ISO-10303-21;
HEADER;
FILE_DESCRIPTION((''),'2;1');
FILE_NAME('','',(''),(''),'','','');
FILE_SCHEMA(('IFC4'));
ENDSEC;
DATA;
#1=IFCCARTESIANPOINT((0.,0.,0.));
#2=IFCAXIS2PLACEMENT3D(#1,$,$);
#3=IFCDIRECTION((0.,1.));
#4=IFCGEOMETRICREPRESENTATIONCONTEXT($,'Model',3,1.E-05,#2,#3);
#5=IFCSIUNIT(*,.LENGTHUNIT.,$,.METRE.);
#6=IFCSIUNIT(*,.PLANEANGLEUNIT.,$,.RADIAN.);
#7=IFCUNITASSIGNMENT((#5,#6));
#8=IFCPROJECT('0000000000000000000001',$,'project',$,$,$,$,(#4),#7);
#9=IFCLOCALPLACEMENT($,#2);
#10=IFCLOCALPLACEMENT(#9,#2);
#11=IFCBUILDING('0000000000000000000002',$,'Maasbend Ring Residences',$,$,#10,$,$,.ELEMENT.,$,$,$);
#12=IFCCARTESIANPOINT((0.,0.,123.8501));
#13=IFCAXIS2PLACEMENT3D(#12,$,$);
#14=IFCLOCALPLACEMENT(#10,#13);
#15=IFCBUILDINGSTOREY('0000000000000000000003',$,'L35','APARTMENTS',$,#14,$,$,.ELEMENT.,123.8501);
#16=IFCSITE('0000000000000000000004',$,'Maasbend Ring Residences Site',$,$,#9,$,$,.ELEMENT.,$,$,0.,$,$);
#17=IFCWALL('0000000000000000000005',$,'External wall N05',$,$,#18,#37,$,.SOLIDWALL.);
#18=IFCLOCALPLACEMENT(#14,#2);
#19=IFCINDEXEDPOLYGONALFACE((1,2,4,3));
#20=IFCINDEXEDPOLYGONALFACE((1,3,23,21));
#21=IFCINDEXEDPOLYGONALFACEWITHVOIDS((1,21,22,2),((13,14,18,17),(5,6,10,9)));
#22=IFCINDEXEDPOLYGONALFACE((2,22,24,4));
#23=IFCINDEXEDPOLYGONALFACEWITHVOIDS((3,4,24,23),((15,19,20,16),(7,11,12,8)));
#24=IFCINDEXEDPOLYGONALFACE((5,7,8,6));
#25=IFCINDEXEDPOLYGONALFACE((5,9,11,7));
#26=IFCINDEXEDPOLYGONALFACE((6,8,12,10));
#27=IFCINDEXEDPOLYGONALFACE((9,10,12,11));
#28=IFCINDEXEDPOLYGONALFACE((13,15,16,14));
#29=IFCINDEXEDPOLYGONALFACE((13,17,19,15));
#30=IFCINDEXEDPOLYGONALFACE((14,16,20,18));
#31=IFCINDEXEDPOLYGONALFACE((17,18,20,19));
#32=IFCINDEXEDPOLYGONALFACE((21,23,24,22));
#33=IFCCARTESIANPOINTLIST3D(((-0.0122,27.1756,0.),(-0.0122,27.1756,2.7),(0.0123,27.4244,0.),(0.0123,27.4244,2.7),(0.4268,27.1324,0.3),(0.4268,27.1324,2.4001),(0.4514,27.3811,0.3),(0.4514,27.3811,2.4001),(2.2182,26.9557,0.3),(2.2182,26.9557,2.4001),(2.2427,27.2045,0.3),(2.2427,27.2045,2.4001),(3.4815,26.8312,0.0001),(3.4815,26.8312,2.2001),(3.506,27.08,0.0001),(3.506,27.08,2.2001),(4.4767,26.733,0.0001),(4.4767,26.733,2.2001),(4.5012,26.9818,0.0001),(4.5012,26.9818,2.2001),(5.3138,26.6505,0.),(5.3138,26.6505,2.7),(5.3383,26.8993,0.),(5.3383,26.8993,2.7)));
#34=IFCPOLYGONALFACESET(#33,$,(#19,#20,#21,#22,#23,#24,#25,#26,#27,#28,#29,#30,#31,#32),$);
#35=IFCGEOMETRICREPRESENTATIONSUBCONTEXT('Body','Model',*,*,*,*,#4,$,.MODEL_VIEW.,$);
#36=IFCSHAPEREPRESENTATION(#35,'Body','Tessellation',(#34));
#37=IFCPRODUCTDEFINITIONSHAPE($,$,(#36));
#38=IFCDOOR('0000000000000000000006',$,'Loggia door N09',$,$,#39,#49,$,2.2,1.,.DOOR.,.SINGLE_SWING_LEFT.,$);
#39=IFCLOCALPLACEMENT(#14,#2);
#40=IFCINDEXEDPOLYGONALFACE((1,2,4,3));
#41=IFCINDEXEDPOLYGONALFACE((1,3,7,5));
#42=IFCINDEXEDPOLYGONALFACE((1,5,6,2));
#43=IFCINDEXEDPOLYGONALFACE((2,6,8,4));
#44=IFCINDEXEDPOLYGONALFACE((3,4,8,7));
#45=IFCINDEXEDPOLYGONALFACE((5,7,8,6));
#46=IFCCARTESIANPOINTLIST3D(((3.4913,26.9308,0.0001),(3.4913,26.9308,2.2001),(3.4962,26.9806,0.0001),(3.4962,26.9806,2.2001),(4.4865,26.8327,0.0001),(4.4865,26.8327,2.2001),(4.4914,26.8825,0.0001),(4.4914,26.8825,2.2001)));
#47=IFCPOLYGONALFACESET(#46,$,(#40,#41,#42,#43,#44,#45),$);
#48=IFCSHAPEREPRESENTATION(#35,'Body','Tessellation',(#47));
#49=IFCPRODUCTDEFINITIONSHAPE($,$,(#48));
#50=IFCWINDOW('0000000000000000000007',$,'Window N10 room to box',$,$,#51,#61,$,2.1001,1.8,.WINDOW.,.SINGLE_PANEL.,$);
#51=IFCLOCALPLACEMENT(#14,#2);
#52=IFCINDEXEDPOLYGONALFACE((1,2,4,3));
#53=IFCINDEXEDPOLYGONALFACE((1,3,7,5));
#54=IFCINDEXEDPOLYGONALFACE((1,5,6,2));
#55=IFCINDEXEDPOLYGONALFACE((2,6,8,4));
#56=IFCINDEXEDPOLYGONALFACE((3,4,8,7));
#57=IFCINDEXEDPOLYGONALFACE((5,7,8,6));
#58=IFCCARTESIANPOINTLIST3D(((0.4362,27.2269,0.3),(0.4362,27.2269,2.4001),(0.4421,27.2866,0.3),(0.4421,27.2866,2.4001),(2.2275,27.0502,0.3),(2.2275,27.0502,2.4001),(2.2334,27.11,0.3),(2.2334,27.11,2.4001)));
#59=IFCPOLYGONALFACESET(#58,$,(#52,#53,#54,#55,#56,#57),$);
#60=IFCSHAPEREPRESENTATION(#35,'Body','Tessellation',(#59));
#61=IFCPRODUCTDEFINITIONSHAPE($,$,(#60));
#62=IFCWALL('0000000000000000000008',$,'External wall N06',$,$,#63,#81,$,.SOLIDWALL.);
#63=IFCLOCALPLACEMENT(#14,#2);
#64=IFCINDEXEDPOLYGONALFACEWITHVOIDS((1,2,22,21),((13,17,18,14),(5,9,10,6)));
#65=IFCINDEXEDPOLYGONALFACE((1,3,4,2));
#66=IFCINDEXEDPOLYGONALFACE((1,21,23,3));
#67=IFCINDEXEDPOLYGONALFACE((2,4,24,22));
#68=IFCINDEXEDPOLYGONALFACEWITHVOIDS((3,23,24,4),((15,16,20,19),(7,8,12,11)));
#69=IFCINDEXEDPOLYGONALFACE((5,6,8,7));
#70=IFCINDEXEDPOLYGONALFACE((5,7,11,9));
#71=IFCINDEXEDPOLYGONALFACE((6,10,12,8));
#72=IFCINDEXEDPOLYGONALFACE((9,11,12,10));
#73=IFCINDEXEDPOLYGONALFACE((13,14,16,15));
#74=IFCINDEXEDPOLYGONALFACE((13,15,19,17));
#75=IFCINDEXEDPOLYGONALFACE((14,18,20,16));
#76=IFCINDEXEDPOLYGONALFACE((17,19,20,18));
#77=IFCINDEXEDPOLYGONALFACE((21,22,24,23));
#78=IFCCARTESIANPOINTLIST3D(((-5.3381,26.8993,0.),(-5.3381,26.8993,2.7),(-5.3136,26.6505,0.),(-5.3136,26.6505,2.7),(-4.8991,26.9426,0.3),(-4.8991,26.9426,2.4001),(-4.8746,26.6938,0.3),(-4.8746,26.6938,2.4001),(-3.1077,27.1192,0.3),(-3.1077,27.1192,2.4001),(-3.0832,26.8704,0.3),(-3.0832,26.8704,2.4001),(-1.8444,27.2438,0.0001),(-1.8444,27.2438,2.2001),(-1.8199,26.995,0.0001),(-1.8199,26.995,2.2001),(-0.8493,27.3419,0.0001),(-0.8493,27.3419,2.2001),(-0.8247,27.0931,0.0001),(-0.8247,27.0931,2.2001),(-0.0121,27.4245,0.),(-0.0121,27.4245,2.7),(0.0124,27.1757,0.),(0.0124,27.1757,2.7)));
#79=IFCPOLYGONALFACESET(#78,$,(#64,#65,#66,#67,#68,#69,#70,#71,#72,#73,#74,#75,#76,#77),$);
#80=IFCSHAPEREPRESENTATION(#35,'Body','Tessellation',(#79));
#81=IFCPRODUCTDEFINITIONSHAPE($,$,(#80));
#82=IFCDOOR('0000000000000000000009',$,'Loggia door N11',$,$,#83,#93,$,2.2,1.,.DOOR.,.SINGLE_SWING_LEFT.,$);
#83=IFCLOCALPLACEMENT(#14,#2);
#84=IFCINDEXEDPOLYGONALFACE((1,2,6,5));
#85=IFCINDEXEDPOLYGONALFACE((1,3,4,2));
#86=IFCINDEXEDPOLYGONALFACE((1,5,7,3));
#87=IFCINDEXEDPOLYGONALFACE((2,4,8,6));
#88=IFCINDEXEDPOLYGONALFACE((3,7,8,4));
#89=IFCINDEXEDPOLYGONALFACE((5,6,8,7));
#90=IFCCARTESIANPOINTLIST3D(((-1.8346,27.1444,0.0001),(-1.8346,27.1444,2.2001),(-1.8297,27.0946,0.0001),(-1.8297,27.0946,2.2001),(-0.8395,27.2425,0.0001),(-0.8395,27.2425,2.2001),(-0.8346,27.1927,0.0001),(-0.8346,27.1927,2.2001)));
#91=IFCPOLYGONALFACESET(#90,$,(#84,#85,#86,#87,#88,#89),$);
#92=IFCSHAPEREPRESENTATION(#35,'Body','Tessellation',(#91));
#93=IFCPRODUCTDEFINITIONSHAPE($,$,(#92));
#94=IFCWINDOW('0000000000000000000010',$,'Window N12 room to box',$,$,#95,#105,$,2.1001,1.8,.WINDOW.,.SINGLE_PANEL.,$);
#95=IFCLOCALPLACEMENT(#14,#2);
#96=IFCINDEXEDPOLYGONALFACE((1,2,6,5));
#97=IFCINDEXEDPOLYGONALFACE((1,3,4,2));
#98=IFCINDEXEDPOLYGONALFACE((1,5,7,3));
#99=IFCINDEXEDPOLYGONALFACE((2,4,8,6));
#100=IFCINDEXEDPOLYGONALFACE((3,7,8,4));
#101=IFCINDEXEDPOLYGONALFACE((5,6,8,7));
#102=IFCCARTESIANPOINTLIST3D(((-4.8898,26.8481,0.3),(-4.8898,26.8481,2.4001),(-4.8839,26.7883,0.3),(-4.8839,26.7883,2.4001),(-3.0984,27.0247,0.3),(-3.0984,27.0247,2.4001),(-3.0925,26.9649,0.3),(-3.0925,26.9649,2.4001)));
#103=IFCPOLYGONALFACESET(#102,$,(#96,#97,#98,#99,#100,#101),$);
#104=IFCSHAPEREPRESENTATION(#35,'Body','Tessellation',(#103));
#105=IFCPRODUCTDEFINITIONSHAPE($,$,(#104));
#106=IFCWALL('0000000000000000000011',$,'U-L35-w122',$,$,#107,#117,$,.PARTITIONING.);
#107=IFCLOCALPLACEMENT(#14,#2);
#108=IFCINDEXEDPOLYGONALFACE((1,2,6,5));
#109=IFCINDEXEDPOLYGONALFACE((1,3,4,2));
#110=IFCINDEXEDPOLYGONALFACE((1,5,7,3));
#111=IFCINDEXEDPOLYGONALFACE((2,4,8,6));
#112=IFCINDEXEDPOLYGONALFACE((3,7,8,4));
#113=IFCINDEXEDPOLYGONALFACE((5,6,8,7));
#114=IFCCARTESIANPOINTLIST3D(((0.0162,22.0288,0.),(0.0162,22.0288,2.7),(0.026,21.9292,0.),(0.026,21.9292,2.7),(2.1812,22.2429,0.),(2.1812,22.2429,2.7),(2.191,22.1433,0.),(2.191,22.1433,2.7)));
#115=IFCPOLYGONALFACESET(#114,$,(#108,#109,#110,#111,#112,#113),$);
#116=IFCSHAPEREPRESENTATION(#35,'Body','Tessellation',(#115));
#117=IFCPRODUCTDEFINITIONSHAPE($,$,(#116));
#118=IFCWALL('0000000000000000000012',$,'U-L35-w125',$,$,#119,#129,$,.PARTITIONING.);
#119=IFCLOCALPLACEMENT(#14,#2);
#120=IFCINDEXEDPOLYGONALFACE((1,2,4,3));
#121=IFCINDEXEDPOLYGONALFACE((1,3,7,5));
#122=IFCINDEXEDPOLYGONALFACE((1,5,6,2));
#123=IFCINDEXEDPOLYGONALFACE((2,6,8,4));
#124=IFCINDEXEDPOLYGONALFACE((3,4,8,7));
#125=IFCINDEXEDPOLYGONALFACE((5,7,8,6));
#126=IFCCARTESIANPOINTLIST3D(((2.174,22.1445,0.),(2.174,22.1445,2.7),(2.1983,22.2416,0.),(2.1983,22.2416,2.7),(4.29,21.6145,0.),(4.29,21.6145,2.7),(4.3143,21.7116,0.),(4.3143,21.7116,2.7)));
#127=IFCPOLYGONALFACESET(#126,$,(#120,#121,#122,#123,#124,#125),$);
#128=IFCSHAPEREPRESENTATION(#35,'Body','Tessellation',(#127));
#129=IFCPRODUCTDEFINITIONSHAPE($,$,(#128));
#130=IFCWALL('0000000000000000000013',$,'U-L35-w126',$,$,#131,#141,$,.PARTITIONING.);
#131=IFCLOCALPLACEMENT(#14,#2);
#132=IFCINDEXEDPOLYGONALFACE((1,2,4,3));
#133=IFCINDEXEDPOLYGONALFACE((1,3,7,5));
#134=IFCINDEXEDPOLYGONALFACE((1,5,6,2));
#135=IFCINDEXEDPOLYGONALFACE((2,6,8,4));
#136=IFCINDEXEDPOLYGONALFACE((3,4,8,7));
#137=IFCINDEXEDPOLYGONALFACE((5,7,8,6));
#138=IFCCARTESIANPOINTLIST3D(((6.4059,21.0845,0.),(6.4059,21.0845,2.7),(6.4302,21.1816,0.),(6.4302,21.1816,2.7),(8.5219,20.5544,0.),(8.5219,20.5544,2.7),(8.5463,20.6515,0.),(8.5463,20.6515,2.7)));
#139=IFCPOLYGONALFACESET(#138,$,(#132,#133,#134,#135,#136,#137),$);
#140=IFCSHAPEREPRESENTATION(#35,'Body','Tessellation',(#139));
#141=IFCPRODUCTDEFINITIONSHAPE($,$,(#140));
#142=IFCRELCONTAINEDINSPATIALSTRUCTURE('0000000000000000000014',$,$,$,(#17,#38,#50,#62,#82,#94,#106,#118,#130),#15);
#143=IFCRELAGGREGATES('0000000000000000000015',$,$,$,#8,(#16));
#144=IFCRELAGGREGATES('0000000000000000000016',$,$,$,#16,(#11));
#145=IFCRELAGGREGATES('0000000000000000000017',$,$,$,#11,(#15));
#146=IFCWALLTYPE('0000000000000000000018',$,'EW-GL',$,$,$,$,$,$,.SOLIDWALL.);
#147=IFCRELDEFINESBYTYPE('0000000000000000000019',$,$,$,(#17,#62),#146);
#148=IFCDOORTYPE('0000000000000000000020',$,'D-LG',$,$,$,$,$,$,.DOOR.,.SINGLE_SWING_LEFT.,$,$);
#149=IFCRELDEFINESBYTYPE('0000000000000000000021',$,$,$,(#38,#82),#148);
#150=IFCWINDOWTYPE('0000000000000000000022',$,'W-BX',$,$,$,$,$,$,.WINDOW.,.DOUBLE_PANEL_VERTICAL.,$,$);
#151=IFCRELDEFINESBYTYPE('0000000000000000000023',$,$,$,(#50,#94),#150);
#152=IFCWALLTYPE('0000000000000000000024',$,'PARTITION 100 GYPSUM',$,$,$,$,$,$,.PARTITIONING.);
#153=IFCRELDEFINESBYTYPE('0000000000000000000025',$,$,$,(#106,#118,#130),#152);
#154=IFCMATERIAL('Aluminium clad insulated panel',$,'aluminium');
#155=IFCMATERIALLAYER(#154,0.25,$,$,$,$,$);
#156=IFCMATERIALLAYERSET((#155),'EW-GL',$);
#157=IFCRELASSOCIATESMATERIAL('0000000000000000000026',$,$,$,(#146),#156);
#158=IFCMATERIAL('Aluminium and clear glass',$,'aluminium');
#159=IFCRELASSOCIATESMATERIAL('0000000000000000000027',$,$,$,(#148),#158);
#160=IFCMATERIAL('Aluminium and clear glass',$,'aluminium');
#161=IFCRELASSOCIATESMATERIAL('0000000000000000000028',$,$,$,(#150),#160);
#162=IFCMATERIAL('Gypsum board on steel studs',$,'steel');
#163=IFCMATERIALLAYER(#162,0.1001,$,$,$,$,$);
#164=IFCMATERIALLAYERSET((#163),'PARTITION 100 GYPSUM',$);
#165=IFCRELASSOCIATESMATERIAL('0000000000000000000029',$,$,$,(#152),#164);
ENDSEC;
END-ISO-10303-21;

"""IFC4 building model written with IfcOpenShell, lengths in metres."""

from ifc_helpers import new_model, si_unit, direction, frame, frame_2d, origin, place, context, subcontext, project, spatial, rectangle, extrude, material, layer, layer_set, type_object, element, fill, save


model = new_model("IFC4")

# Units and contexts
model_context = context("Model", 3, precision=1e-05, world=origin(), true_north=direction((0.0, 1.0)))
body_context = subcontext(model_context, "Body", "Model", "MODEL_VIEW")
ifc_project = project(units=[si_unit("LENGTHUNIT", "METRE"), si_unit("PLANEANGLEUNIT", "RADIAN")], contexts=[model_context])

# Site, building, storey
site_placement = place(None, origin())
site = spatial("IfcSite", under=ifc_project, at=site_placement, Name="Maasbend Ring Residences Site", CompositionType="ELEMENT", RefElevation=0.0)
building_placement = place(site_placement, origin())
building = spatial("IfcBuilding", under=site, at=building_placement, Name="Maasbend Ring Residences", CompositionType="ELEMENT")
storey_placement = place(building_placement, frame((0.0, 0.0, 123.8501)))
storey = spatial("IfcBuildingStorey", under=building, at=storey_placement, Name="L35", Description="APARTMENTS", CompositionType="ELEMENT", Elevation=123.8501)

# Walls, openings, doors, windows
ifc_material_1 = material(Name="Aluminium clad insulated panel", Category="aluminium")
ifc_layer_1 = layer(ifc_material_1, 0.25)
ifc_layer_set_1 = layer_set([ifc_layer_1], Name="EW-GL")
wall_type_1 = type_object("IfcWallType", Name="EW-GL", PredefinedType="SOLIDWALL", material=ifc_layer_set_1)
wall_1_placement = place(storey_placement, frame((5.3259, 26.7749, 0.0), z_axis=(0.0, 0.0, 1.0), x_axis=(-0.995174, 0.098126, 0.0)))
wall_1 = element("IfcWall", 1, at=wall_1_placement, inside=storey, type_object=wall_type_1, Name="External wall N05", PredefinedType="SOLIDWALL", context=body_context, shape_type="SweptSolid", body=[
    extrude(rectangle(XDim=5.3518, YDim=0.25, at=frame_2d((2.6758, 0.0))), origin(), (0.0, 0.0, 1.0), 2.7),
])
opening_1_placement = place(wall_1_placement, frame((0.8411, 0.0, 0.0)))
opening_1 = element("IfcOpeningElement", 2, at=opening_1_placement, cuts=wall_1, PredefinedType="OPENING", context=body_context, shape_type="SweptSolid", body=[
    extrude(rectangle(XDim=1.0, YDim=2.2, at=frame_2d((0.5, 1.1001))), frame((0.0, 0.135, 0.0), z_axis=(0.0, -1.0, 0.0), x_axis=(1.0, 0.0, 0.0)), (0.0, 0.0, 1.0), 0.27),
])
opening_2_placement = place(wall_1_placement, frame((3.1106, 0.0, 0.3)))
opening_2 = element("IfcOpeningElement", 3, at=opening_2_placement, cuts=wall_1, PredefinedType="OPENING", context=body_context, shape_type="SweptSolid", body=[
    extrude(rectangle(XDim=1.8, YDim=2.1001, at=frame_2d((0.8999, 1.05))), frame((0.0, 0.135, 0.0), z_axis=(0.0, -1.0, 0.0), x_axis=(1.0, 0.0, 0.0)), (0.0, 0.0, 1.0), 0.27),
])
ifc_material_2 = material(Name="Aluminium and clear glass", Category="aluminium")
door_type = type_object("IfcDoorType", Name="D-LG", OperationType="SINGLE_SWING_LEFT", PredefinedType="DOOR", material=ifc_material_2)
door_1_placement = place(opening_1_placement, origin())
door_1 = element("IfcDoor", 4, at=door_1_placement, inside=storey, type_object=door_type, Name="Loggia door N09", OperationType="SINGLE_SWING_LEFT", OverallHeight=2.2, OverallWidth=1.0, PredefinedType="DOOR", context=body_context, shape_type="SweptSolid", body=[
    extrude(rectangle(XDim=1.0, YDim=2.2, at=frame_2d((0.5, 1.1001))), frame((0.0, 0.0249, 0.0), z_axis=(0.0, -1.0, 0.0), x_axis=(1.0, 0.0, 0.0)), (0.0, 0.0, 1.0), 0.05),
])
fill(opening_1, door_1)
ifc_material_3 = material(Name="Aluminium and clear glass", Category="aluminium")
window_type_1 = type_object("IfcWindowType", Name="W-BX", PartitioningType="DOUBLE_PANEL_VERTICAL", PredefinedType="WINDOW", material=ifc_material_3)
window_1_placement = place(opening_2_placement, origin())
window_1 = element("IfcWindow", 5, at=window_1_placement, inside=storey, type_object=window_type_1, Name="Window N10 room to box", OverallHeight=2.1001, OverallWidth=1.8, PartitioningType="SINGLE_PANEL", PredefinedType="WINDOW", context=body_context, shape_type="SweptSolid", body=[
    extrude(rectangle(XDim=1.8, YDim=2.1001, at=frame_2d((0.8999, 1.05))), frame((0.0, 0.03, 0.0), z_axis=(0.0, -1.0, 0.0), x_axis=(1.0, 0.0, 0.0)), (0.0, 0.0, 1.0), 0.0601),
])
fill(opening_2, window_1)
wall_2_placement = place(storey_placement, frame((0.0, 27.3, 0.0), z_axis=(0.0, 0.0, 1.0), x_axis=(-0.995174, -0.098126, 0.0)))
wall_2 = element("IfcWall", 6, at=wall_2_placement, inside=storey, type_object=wall_type_1, Name="External wall N06", PredefinedType="SOLIDWALL", context=body_context, shape_type="SweptSolid", body=[
    extrude(rectangle(XDim=5.3518, YDim=0.25, at=frame_2d((2.6758, 0.0))), origin(), (0.0, 0.0, 1.0), 2.7),
])
opening_3_placement = place(wall_2_placement, frame((0.8411, 0.0, 0.0)))
opening_3 = element("IfcOpeningElement", 7, at=opening_3_placement, cuts=wall_2, PredefinedType="OPENING", context=body_context, shape_type="SweptSolid", body=[
    extrude(rectangle(XDim=1.0, YDim=2.2, at=frame_2d((0.5, 1.1001))), frame((0.0, 0.135, 0.0), z_axis=(0.0, -1.0, 0.0), x_axis=(1.0, 0.0, 0.0)), (0.0, 0.0, 1.0), 0.27),
])
opening_4_placement = place(wall_2_placement, frame((3.1106, 0.0, 0.3)))
opening_4 = element("IfcOpeningElement", 8, at=opening_4_placement, cuts=wall_2, PredefinedType="OPENING", context=body_context, shape_type="SweptSolid", body=[
    extrude(rectangle(XDim=1.8, YDim=2.1001, at=frame_2d((0.8999, 1.05))), frame((0.0, 0.135, 0.0), z_axis=(0.0, -1.0, 0.0), x_axis=(1.0, 0.0, 0.0)), (0.0, 0.0, 1.0), 0.27),
])
door_2_placement = place(opening_3_placement, origin())
door_2 = element("IfcDoor", 9, at=door_2_placement, inside=storey, type_object=door_type, Name="Loggia door N11", OperationType="SINGLE_SWING_LEFT", OverallHeight=2.2, OverallWidth=1.0, PredefinedType="DOOR", context=body_context, shape_type="SweptSolid", body=[
    extrude(rectangle(XDim=1.0, YDim=2.2, at=frame_2d((0.5, 1.1001))), frame((0.0, 0.0249, 0.0), z_axis=(0.0, -1.0, 0.0), x_axis=(1.0, 0.0, 0.0)), (0.0, 0.0, 1.0), 0.05),
])
fill(opening_3, door_2)
window_2_placement = place(opening_4_placement, origin())
window_2 = element("IfcWindow", 10, at=window_2_placement, inside=storey, type_object=window_type_1, Name="Window N12 room to box", OverallHeight=2.1001, OverallWidth=1.8, PartitioningType="SINGLE_PANEL", PredefinedType="WINDOW", context=body_context, shape_type="SweptSolid", body=[
    extrude(rectangle(XDim=1.8, YDim=2.1001, at=frame_2d((0.8999, 1.05))), frame((0.0, 0.03, 0.0), z_axis=(0.0, -1.0, 0.0), x_axis=(1.0, 0.0, 0.0)), (0.0, 0.0, 1.0), 0.0601),
])
fill(opening_4, window_2)

# Walls
ifc_material_4 = material(Name="Gypsum board on steel studs", Category="steel")
ifc_layer_2 = layer(ifc_material_4, 0.1001)
ifc_layer_set_2 = layer_set([ifc_layer_2], Name="PARTITION 100 GYPSUM")
wall_type_2 = type_object("IfcWallType", Name="PARTITION 100 GYPSUM", PredefinedType="PARTITIONING", material=ifc_layer_set_2)
wall_3_placement = place(storey_placement, frame((0.021, 21.979, 0.0), z_axis=(0.0, 0.0, 1.0), x_axis=(0.995145, 0.098415, 0.0)))
element("IfcWall", 11, at=wall_3_placement, inside=storey, type_object=wall_type_2, Name="U-L35-w122", PredefinedType="PARTITIONING", context=body_context, shape_type="SweptSolid", body=[
    extrude(rectangle(XDim=2.1755, YDim=0.1001, at=frame_2d((1.0879, 0.0))), origin(), (0.0, 0.0, 1.0), 2.7),
])
for number, where, z_axis, x_axis, name in (
    (12, (2.186, 22.1931, 0.0), (0.0, 0.0, 1.0), (0.97003, -0.242983, 0.0), "U-L35-w125"),
    (13, (6.418, 21.1331, 0.0), (0.0, 0.0, 1.0), (0.97003, -0.242983, 0.0), "U-L35-w126"),
):
    element("IfcWall", number, at=place(storey_placement, frame(where, z_axis=z_axis, x_axis=x_axis)), inside=storey, type_object=wall_type_2, Name=name, PredefinedType="PARTITIONING", context=body_context, shape_type="SweptSolid", body=[
        extrude(rectangle(XDim=2.1814, YDim=0.1001, at=frame_2d((1.0908, 0.0))), origin(), (0.0, 0.0, 1.0), 2.7),
    ])

save(model, "model.ifc")
